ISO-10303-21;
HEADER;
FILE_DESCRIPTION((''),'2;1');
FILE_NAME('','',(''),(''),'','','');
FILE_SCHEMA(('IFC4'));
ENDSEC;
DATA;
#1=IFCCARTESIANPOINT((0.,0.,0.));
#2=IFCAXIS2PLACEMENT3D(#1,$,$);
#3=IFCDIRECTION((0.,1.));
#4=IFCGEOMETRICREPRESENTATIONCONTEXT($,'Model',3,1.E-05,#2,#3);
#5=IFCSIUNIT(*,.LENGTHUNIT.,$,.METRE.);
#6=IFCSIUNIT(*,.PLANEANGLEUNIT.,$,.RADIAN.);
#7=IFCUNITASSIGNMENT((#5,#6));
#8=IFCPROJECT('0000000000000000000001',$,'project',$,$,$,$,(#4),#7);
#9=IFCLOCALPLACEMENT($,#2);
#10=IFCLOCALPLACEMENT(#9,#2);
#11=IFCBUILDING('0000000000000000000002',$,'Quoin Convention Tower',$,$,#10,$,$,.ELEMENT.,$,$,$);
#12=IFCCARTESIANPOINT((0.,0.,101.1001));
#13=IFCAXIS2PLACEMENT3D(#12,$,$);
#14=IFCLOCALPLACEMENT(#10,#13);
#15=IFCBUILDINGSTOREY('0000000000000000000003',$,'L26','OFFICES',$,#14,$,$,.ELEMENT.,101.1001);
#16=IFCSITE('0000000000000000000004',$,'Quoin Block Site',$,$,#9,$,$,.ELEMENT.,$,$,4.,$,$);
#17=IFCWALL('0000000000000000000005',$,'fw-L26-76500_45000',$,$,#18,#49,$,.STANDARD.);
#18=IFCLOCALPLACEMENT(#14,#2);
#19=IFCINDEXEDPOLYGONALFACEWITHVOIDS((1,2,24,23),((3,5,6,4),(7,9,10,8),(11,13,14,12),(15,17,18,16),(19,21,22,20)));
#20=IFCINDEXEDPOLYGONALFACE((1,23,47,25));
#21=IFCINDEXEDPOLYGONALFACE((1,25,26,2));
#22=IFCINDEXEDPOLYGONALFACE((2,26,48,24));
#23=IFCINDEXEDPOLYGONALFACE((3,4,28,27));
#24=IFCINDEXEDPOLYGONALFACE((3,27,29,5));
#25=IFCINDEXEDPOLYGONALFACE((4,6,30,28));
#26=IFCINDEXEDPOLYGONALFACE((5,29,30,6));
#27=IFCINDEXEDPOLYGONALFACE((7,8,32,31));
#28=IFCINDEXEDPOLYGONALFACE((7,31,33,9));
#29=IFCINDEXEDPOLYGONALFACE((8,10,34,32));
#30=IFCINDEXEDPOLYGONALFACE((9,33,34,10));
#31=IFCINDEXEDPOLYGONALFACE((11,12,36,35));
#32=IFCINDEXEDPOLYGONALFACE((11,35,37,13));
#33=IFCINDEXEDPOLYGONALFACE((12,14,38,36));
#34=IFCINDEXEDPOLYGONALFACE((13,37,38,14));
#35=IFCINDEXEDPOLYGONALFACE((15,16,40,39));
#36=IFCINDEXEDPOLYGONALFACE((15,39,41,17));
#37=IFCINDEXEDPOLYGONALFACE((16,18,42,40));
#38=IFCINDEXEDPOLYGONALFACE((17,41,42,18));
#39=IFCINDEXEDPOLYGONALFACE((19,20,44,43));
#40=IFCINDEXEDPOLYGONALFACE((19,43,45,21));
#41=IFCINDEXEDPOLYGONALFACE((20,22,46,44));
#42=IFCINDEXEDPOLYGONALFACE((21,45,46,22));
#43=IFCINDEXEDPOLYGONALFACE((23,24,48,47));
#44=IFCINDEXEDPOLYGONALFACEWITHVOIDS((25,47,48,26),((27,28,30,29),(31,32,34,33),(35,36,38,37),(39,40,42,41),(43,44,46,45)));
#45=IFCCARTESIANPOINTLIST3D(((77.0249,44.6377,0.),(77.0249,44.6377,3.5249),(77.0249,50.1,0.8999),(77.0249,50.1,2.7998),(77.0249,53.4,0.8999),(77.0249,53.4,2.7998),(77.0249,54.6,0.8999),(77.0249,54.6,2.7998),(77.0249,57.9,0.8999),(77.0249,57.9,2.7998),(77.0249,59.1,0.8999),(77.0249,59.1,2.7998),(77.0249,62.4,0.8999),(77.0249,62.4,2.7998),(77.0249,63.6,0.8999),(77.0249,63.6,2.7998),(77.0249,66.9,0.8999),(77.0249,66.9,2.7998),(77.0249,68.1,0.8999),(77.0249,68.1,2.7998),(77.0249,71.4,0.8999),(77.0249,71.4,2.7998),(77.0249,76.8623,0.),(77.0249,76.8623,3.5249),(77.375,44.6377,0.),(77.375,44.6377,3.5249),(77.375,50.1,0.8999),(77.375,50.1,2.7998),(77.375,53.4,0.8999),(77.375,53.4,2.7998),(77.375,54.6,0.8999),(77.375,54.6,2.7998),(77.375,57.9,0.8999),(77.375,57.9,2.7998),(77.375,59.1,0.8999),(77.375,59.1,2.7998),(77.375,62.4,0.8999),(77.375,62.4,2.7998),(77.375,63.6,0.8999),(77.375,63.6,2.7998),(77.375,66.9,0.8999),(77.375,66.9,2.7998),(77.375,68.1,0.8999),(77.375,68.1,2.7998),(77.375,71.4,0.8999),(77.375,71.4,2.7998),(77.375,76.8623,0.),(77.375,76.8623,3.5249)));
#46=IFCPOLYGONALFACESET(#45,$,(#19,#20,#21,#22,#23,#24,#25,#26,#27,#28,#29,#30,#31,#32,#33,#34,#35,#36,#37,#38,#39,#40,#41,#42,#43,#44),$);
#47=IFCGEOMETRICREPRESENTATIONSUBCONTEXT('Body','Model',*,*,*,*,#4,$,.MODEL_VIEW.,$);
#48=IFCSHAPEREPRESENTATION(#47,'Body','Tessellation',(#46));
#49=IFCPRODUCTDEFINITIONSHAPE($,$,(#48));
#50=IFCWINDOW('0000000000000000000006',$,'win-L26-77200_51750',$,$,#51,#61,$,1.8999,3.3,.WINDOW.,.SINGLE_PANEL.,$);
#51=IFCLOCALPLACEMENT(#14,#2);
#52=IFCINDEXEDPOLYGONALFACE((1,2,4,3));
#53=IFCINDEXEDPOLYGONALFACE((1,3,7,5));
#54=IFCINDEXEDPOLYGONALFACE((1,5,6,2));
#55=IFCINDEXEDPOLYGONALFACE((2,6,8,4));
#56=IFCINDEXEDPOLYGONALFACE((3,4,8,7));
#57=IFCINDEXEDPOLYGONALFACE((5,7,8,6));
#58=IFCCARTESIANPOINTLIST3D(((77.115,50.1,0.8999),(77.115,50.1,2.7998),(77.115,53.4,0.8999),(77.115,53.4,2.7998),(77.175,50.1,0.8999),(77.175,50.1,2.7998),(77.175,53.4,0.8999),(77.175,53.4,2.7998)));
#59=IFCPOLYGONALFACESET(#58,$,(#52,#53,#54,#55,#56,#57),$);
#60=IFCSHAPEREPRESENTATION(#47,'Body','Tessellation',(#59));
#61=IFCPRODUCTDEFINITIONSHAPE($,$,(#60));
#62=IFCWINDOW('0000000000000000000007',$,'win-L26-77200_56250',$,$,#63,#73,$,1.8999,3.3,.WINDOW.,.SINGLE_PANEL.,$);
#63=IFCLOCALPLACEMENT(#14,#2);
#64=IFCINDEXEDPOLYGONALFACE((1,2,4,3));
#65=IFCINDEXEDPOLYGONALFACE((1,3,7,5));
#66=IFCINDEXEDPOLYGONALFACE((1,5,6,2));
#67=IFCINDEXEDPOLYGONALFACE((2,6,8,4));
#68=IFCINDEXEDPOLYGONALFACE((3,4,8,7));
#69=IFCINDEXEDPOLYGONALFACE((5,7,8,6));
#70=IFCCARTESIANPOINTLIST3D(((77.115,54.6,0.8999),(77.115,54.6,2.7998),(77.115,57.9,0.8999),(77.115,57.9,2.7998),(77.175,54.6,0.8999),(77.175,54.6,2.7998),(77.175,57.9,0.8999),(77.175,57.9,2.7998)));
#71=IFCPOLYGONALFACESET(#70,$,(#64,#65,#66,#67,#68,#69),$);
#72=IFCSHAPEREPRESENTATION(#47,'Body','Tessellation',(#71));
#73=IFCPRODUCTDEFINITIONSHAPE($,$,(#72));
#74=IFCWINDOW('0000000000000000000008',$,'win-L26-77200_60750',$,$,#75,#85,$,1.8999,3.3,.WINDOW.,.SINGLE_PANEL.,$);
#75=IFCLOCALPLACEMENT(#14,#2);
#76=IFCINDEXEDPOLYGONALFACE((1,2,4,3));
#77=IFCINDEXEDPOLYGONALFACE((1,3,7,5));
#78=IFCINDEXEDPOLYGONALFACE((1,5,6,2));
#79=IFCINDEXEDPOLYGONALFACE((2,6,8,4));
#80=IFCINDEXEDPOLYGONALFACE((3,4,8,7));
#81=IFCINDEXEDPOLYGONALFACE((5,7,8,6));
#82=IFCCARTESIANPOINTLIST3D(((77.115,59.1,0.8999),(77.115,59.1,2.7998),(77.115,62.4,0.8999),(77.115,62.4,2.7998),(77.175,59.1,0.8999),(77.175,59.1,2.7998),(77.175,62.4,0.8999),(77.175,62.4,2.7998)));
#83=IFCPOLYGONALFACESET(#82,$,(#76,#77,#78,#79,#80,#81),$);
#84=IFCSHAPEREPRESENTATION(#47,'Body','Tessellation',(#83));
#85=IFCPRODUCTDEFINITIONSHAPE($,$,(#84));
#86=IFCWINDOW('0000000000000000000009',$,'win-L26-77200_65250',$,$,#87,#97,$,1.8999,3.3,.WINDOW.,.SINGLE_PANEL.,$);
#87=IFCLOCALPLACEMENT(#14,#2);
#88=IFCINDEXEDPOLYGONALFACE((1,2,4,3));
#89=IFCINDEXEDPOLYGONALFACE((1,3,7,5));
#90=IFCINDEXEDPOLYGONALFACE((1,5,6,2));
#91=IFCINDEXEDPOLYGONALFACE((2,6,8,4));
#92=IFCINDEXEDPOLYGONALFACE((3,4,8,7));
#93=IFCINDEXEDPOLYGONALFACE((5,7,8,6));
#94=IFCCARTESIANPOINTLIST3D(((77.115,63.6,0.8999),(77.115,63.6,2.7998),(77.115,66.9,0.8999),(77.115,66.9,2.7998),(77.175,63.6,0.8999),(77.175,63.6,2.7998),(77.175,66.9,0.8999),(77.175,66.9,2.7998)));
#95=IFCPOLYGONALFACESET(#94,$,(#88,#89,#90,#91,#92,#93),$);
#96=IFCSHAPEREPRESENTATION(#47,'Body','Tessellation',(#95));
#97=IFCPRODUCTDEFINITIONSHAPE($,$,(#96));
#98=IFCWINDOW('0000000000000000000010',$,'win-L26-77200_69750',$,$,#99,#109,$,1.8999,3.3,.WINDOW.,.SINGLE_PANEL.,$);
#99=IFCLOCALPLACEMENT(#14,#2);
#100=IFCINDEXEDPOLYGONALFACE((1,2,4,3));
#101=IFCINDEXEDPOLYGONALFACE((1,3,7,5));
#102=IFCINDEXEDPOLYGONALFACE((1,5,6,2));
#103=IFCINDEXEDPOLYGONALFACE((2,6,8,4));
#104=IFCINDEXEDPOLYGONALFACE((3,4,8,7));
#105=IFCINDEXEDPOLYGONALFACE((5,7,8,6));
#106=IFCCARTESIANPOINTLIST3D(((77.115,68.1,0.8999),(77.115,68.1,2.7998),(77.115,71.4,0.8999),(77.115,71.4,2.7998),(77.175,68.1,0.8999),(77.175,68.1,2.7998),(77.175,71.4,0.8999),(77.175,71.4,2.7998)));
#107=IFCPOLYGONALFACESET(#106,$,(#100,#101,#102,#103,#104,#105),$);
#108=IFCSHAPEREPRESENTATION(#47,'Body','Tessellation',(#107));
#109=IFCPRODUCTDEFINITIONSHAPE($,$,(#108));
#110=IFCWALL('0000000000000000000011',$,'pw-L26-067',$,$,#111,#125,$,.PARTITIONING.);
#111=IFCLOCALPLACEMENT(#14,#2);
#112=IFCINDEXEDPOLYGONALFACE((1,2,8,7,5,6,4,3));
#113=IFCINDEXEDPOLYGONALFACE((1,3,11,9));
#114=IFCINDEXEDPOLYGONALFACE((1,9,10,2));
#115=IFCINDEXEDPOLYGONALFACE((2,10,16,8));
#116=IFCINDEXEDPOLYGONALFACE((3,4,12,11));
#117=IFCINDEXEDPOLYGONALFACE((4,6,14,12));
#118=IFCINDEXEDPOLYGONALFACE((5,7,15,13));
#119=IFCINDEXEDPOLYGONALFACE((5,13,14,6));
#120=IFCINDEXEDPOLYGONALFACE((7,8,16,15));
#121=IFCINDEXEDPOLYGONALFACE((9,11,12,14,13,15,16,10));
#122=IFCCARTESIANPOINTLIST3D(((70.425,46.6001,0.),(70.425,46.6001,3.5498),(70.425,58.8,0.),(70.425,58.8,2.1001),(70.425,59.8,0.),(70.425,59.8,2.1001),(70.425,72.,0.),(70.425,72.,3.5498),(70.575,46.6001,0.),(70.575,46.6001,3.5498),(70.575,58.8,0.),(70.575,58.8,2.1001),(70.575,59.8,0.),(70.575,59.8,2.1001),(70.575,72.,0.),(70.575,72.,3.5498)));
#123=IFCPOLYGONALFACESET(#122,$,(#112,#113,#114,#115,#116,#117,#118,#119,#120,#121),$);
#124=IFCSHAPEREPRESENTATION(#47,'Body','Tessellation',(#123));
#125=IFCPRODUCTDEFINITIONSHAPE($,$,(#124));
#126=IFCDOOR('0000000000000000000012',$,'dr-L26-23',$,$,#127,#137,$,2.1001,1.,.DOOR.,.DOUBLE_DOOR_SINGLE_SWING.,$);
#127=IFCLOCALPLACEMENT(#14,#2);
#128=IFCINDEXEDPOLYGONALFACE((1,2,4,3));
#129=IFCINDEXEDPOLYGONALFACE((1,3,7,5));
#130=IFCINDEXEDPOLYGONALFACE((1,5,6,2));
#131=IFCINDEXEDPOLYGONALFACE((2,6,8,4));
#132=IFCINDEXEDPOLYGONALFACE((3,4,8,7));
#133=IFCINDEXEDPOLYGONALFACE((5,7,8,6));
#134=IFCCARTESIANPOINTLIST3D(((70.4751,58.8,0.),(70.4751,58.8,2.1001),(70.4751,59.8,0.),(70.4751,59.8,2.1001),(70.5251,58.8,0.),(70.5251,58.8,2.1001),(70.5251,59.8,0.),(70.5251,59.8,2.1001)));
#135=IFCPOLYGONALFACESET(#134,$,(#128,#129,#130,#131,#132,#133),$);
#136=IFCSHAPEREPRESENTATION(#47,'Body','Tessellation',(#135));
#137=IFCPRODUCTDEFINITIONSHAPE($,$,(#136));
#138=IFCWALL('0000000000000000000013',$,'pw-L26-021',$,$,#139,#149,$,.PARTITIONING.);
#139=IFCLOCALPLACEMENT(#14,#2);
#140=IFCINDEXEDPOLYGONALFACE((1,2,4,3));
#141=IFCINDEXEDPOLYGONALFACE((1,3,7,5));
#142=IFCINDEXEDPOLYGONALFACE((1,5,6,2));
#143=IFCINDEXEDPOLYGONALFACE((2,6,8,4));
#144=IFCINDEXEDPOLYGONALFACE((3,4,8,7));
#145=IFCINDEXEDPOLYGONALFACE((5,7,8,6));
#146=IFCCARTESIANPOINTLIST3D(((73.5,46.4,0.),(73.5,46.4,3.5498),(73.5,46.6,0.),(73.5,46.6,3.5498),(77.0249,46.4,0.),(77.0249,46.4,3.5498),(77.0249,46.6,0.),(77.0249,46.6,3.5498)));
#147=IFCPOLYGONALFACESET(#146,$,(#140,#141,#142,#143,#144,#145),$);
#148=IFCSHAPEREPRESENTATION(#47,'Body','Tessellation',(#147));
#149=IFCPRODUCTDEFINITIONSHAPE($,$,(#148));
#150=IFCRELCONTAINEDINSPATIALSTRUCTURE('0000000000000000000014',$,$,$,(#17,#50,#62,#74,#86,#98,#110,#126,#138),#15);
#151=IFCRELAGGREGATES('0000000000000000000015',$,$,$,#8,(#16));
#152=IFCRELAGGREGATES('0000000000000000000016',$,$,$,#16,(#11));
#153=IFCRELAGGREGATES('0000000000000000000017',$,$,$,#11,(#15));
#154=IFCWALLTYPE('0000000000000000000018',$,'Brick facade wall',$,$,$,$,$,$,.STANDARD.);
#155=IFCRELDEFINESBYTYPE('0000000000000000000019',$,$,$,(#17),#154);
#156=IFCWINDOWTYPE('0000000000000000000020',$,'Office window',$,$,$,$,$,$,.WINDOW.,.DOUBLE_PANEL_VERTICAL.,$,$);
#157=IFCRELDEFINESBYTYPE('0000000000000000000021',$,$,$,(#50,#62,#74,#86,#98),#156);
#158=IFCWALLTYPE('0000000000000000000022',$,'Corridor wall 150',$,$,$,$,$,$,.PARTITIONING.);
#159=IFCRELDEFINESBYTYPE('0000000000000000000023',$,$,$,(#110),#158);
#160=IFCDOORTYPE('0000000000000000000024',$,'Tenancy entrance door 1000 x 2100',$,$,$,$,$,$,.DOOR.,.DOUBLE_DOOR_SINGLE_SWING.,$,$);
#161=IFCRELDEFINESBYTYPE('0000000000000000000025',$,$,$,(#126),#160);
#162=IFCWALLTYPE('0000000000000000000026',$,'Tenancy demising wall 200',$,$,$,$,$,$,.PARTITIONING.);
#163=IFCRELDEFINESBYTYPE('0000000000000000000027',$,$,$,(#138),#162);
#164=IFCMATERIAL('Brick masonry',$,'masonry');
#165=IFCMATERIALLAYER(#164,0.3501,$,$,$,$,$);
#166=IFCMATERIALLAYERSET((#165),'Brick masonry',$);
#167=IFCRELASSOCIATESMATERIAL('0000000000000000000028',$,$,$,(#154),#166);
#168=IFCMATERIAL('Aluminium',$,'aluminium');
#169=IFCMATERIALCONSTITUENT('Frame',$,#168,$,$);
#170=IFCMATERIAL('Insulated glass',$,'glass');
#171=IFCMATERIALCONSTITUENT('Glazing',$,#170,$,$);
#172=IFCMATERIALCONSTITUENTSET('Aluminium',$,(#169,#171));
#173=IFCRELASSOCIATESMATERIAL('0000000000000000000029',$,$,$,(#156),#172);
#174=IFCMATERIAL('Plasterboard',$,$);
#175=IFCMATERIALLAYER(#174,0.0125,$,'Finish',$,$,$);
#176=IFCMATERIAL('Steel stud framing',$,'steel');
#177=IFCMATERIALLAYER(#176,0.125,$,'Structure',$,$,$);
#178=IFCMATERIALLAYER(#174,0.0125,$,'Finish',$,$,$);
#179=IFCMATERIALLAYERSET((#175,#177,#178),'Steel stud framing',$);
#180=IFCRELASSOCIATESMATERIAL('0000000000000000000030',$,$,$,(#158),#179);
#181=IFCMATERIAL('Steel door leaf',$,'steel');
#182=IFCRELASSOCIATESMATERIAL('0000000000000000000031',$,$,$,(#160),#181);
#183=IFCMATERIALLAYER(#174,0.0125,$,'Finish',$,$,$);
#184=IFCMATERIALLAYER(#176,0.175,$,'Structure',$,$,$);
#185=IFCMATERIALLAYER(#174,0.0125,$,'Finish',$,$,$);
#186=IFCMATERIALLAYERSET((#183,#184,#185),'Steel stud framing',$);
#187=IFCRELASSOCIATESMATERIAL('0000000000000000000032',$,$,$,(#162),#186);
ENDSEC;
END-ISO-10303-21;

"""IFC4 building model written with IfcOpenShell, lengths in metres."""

from ifc_helpers import new_model, si_unit, direction, frame, frame_2d, origin, place, context, subcontext, project, spatial, rectangle, extrude, material, layer, layer_set, constituent, constituent_set, type_object, element, fill, save


model = new_model("IFC4")

# Units and contexts
model_context = context("Model", 3, precision=1e-05, world=origin(), true_north=direction((0.0, 1.0)))
body_context = subcontext(model_context, "Body", "Model", "MODEL_VIEW")
ifc_project = project(units=[si_unit("LENGTHUNIT", "METRE"), si_unit("PLANEANGLEUNIT", "RADIAN")], contexts=[model_context])

# Site, building, storey
site_placement = place(None, origin())
site = spatial("IfcSite", under=ifc_project, at=site_placement, Name="Quoin Block Site", CompositionType="ELEMENT", RefElevation=4.0)
building_placement = place(site_placement, origin())
building = spatial("IfcBuilding", under=site, at=building_placement, Name="Quoin Convention Tower", CompositionType="ELEMENT")
storey_placement = place(building_placement, frame((0.0, 0.0, 101.1001)))
storey = spatial("IfcBuildingStorey", under=building, at=storey_placement, Name="L26", Description="OFFICES", CompositionType="ELEMENT", Elevation=101.1001)

# Shared definitions
ifc_material_1 = material(Name="Plasterboard")
ifc_material_2 = material(Name="Steel stud framing", Category="steel")
ifc_material_3 = material(Name="Steel door leaf", Category="steel")

# Wall, openings, windows
ifc_material_4 = material(Name="Brick masonry", Category="masonry")
ifc_layer_1 = layer(ifc_material_4, 0.3501)
ifc_layer_set_1 = layer_set([ifc_layer_1], Name="Brick masonry")
wall_type_1 = type_object("IfcWallType", Name="Brick facade wall", PredefinedType="STANDARD", material=ifc_layer_set_1)
wall_1_placement = place(storey_placement, frame((77.2, 44.6377, 0.0), z_axis=(0.0, 0.0, 1.0), x_axis=(0.0, 1.0, 0.0)))
wall_1 = element("IfcWall", 1, at=wall_1_placement, inside=storey, type_object=wall_type_1, Name="fw-L26-76500_45000", PredefinedType="STANDARD", context=body_context, shape_type="SweptSolid", body=[
    extrude(rectangle(XDim=32.2246, YDim=0.3501, at=frame_2d((16.1123, 0.0))), origin(), (0.0, 0.0, 1.0), 3.5249),
])
opening_1_placement = place(wall_1_placement, frame((5.4624, 0.0, 0.8999)))
opening_1 = element("IfcOpeningElement", 2, at=opening_1_placement, cuts=wall_1, PredefinedType="OPENING", context=body_context, shape_type="SweptSolid", body=[
    extrude(rectangle(XDim=3.3, YDim=1.8999, at=frame_2d((1.6499, 0.95))), frame((0.0, 0.1851, 0.0), z_axis=(0.0, -1.0, 0.0), x_axis=(1.0, 0.0, 0.0)), (0.0, 0.0, 1.0), 0.3701),
])
opening_2_placement = place(wall_1_placement, frame((9.9624, 0.0, 0.8999)))
opening_2 = element("IfcOpeningElement", 3, at=opening_2_placement, cuts=wall_1, PredefinedType="OPENING", context=body_context, shape_type="SweptSolid", body=[
    extrude(rectangle(XDim=3.3, YDim=1.8999, at=frame_2d((1.6499, 0.95))), frame((0.0, 0.1851, 0.0), z_axis=(0.0, -1.0, 0.0), x_axis=(1.0, 0.0, 0.0)), (0.0, 0.0, 1.0), 0.3701),
])
opening_3_placement = place(wall_1_placement, frame((14.4624, 0.0, 0.8999)))
opening_3 = element("IfcOpeningElement", 4, at=opening_3_placement, cuts=wall_1, PredefinedType="OPENING", context=body_context, shape_type="SweptSolid", body=[
    extrude(rectangle(XDim=3.3, YDim=1.8999, at=frame_2d((1.6499, 0.95))), frame((0.0, 0.1851, 0.0), z_axis=(0.0, -1.0, 0.0), x_axis=(1.0, 0.0, 0.0)), (0.0, 0.0, 1.0), 0.3701),
])
opening_4_placement = place(wall_1_placement, frame((18.9624, 0.0, 0.8999)))
opening_4 = element("IfcOpeningElement", 5, at=opening_4_placement, cuts=wall_1, PredefinedType="OPENING", context=body_context, shape_type="SweptSolid", body=[
    extrude(rectangle(XDim=3.3, YDim=1.8999, at=frame_2d((1.6499, 0.95))), frame((0.0, 0.1851, 0.0), z_axis=(0.0, -1.0, 0.0), x_axis=(1.0, 0.0, 0.0)), (0.0, 0.0, 1.0), 0.3701),
])
opening_5_placement = place(wall_1_placement, frame((23.4624, 0.0, 0.8999)))
opening_5 = element("IfcOpeningElement", 6, at=opening_5_placement, cuts=wall_1, PredefinedType="OPENING", context=body_context, shape_type="SweptSolid", body=[
    extrude(rectangle(XDim=3.3, YDim=1.8999, at=frame_2d((1.6499, 0.95))), frame((0.0, 0.1851, 0.0), z_axis=(0.0, -1.0, 0.0), x_axis=(1.0, 0.0, 0.0)), (0.0, 0.0, 1.0), 0.3701),
])
ifc_material_5 = material(Name="Aluminium", Category="aluminium")
ifc_constituent_1 = constituent(ifc_material_5, Name="Frame")
ifc_material_6 = material(Name="Insulated glass", Category="glass")
ifc_constituent_2 = constituent(ifc_material_6, Name="Glazing")
ifc_constituent_set = constituent_set(constituents=[ifc_constituent_1, ifc_constituent_2], Name="Aluminium")
window_type = type_object("IfcWindowType", Name="Office window", PartitioningType="DOUBLE_PANEL_VERTICAL", PredefinedType="WINDOW", material=ifc_constituent_set)
window_1_placement = place(opening_1_placement, origin())
window_1 = element("IfcWindow", 7, at=window_1_placement, inside=storey, type_object=window_type, Name="win-L26-77200_51750", OverallHeight=1.8999, OverallWidth=3.3, PartitioningType="SINGLE_PANEL", PredefinedType="WINDOW", context=body_context, shape_type="SweptSolid", body=[
    extrude(rectangle(XDim=3.3, YDim=1.8999, at=frame_2d((1.6499, 0.95))), frame((0.0, 0.085, 0.0), z_axis=(0.0, -1.0, 0.0), x_axis=(1.0, 0.0, 0.0)), (0.0, 0.0, 1.0), 0.0601),
])
fill(opening_1, window_1)
window_2_placement = place(opening_2_placement, origin())
window_2 = element("IfcWindow", 8, at=window_2_placement, inside=storey, type_object=window_type, Name="win-L26-77200_56250", OverallHeight=1.8999, OverallWidth=3.3, PartitioningType="SINGLE_PANEL", PredefinedType="WINDOW", context=body_context, shape_type="SweptSolid", body=[
    extrude(rectangle(XDim=3.3, YDim=1.8999, at=frame_2d((1.6499, 0.95))), frame((0.0, 0.085, 0.0), z_axis=(0.0, -1.0, 0.0), x_axis=(1.0, 0.0, 0.0)), (0.0, 0.0, 1.0), 0.0601),
])
fill(opening_2, window_2)
window_3_placement = place(opening_3_placement, origin())
window_3 = element("IfcWindow", 9, at=window_3_placement, inside=storey, type_object=window_type, Name="win-L26-77200_60750", OverallHeight=1.8999, OverallWidth=3.3, PartitioningType="SINGLE_PANEL", PredefinedType="WINDOW", context=body_context, shape_type="SweptSolid", body=[
    extrude(rectangle(XDim=3.3, YDim=1.8999, at=frame_2d((1.6499, 0.95))), frame((0.0, 0.085, 0.0), z_axis=(0.0, -1.0, 0.0), x_axis=(1.0, 0.0, 0.0)), (0.0, 0.0, 1.0), 0.0601),
])
fill(opening_3, window_3)
window_4_placement = place(opening_4_placement, origin())
window_4 = element("IfcWindow", 10, at=window_4_placement, inside=storey, type_object=window_type, Name="win-L26-77200_65250", OverallHeight=1.8999, OverallWidth=3.3, PartitioningType="SINGLE_PANEL", PredefinedType="WINDOW", context=body_context, shape_type="SweptSolid", body=[
    extrude(rectangle(XDim=3.3, YDim=1.8999, at=frame_2d((1.6499, 0.95))), frame((0.0, 0.085, 0.0), z_axis=(0.0, -1.0, 0.0), x_axis=(1.0, 0.0, 0.0)), (0.0, 0.0, 1.0), 0.0601),
])
fill(opening_4, window_4)
window_5_placement = place(opening_5_placement, origin())
window_5 = element("IfcWindow", 11, at=window_5_placement, inside=storey, type_object=window_type, Name="win-L26-77200_69750", OverallHeight=1.8999, OverallWidth=3.3, PartitioningType="SINGLE_PANEL", PredefinedType="WINDOW", context=body_context, shape_type="SweptSolid", body=[
    extrude(rectangle(XDim=3.3, YDim=1.8999, at=frame_2d((1.6499, 0.95))), frame((0.0, 0.085, 0.0), z_axis=(0.0, -1.0, 0.0), x_axis=(1.0, 0.0, 0.0)), (0.0, 0.0, 1.0), 0.0601),
])
fill(opening_5, window_5)

# Wall, opening, door
ifc_layer_2 = layer(ifc_material_1, 0.0125, Name="Finish")
ifc_layer_3 = layer(ifc_material_2, 0.125, Name="Structure")
ifc_layer_4 = layer(ifc_material_1, 0.0125, Name="Finish")
ifc_layer_set_2 = layer_set([ifc_layer_2, ifc_layer_3, ifc_layer_4], Name="Steel stud framing")
wall_type_2 = type_object("IfcWallType", Name="Corridor wall 150", PredefinedType="PARTITIONING", material=ifc_layer_set_2)
wall_2_placement = place(storey_placement, frame((70.5, 46.6001, 0.0), z_axis=(0.0, 0.0, 1.0), x_axis=(0.0, 1.0, 0.0)))
wall_2 = element("IfcWall", 12, at=wall_2_placement, inside=storey, type_object=wall_type_2, Name="pw-L26-067", PredefinedType="PARTITIONING", context=body_context, shape_type="SweptSolid", body=[
    extrude(rectangle(XDim=25.3999, YDim=0.1499, at=frame_2d((12.7, 0.0))), origin(), (0.0, 0.0, 1.0), 3.5498),
])
opening_6_placement = place(wall_2_placement, frame((12.2, 0.0, 0.0)))
opening_6 = element("IfcOpeningElement", 13, at=opening_6_placement, cuts=wall_2, PredefinedType="OPENING", context=body_context, shape_type="SweptSolid", body=[
    extrude(rectangle(XDim=1.0, YDim=2.1001, at=frame_2d((0.5, 1.05))), frame((0.0, 0.085, 0.0), z_axis=(0.0, -1.0, 0.0), x_axis=(1.0, 0.0, 0.0)), (0.0, 0.0, 1.0), 0.1699),
])
door_type_1 = type_object("IfcDoorType", Name="Tenancy entrance door 1000 x 2100", OperationType="DOUBLE_DOOR_SINGLE_SWING", PredefinedType="DOOR", material=ifc_material_3)
door_1_placement = place(opening_6_placement, origin())
door_1 = element("IfcDoor", 14, at=door_1_placement, inside=storey, type_object=door_type_1, Name="dr-L26-23", OperationType="DOUBLE_DOOR_SINGLE_SWING", OverallHeight=2.1001, OverallWidth=1.0, PredefinedType="DOOR", context=body_context, shape_type="SweptSolid", body=[
    extrude(rectangle(XDim=1.0, YDim=2.1001, at=frame_2d((0.5, 1.05))), frame((0.0, 0.0249, 0.0), z_axis=(0.0, -1.0, 0.0), x_axis=(1.0, 0.0, 0.0)), (0.0, 0.0, 1.0), 0.05),
])
fill(opening_6, door_1)

# Wall
ifc_layer_5 = layer(ifc_material_1, 0.0125, Name="Finish")
ifc_layer_6 = layer(ifc_material_2, 0.175, Name="Structure")
ifc_layer_7 = layer(ifc_material_1, 0.0125, Name="Finish")
ifc_layer_set_3 = layer_set([ifc_layer_5, ifc_layer_6, ifc_layer_7], Name="Steel stud framing")
wall_type_3 = type_object("IfcWallType", Name="Tenancy demising wall 200", PredefinedType="PARTITIONING", material=ifc_layer_set_3)
wall_3_placement = place(storey_placement, frame((73.5, 46.5, 0.0), z_axis=(0.0, 0.0, 1.0), x_axis=(1.0, 0.0, 0.0)))
element("IfcWall", 15, at=wall_3_placement, inside=storey, type_object=wall_type_3, Name="pw-L26-021", PredefinedType="PARTITIONING", context=body_context, shape_type="SweptSolid", body=[
    extrude(rectangle(XDim=3.5249, YDim=0.2, at=frame_2d((1.7625, 0.0))), origin(), (0.0, 0.0, 1.0), 3.5498),
])

save(model, "model.ifc")
